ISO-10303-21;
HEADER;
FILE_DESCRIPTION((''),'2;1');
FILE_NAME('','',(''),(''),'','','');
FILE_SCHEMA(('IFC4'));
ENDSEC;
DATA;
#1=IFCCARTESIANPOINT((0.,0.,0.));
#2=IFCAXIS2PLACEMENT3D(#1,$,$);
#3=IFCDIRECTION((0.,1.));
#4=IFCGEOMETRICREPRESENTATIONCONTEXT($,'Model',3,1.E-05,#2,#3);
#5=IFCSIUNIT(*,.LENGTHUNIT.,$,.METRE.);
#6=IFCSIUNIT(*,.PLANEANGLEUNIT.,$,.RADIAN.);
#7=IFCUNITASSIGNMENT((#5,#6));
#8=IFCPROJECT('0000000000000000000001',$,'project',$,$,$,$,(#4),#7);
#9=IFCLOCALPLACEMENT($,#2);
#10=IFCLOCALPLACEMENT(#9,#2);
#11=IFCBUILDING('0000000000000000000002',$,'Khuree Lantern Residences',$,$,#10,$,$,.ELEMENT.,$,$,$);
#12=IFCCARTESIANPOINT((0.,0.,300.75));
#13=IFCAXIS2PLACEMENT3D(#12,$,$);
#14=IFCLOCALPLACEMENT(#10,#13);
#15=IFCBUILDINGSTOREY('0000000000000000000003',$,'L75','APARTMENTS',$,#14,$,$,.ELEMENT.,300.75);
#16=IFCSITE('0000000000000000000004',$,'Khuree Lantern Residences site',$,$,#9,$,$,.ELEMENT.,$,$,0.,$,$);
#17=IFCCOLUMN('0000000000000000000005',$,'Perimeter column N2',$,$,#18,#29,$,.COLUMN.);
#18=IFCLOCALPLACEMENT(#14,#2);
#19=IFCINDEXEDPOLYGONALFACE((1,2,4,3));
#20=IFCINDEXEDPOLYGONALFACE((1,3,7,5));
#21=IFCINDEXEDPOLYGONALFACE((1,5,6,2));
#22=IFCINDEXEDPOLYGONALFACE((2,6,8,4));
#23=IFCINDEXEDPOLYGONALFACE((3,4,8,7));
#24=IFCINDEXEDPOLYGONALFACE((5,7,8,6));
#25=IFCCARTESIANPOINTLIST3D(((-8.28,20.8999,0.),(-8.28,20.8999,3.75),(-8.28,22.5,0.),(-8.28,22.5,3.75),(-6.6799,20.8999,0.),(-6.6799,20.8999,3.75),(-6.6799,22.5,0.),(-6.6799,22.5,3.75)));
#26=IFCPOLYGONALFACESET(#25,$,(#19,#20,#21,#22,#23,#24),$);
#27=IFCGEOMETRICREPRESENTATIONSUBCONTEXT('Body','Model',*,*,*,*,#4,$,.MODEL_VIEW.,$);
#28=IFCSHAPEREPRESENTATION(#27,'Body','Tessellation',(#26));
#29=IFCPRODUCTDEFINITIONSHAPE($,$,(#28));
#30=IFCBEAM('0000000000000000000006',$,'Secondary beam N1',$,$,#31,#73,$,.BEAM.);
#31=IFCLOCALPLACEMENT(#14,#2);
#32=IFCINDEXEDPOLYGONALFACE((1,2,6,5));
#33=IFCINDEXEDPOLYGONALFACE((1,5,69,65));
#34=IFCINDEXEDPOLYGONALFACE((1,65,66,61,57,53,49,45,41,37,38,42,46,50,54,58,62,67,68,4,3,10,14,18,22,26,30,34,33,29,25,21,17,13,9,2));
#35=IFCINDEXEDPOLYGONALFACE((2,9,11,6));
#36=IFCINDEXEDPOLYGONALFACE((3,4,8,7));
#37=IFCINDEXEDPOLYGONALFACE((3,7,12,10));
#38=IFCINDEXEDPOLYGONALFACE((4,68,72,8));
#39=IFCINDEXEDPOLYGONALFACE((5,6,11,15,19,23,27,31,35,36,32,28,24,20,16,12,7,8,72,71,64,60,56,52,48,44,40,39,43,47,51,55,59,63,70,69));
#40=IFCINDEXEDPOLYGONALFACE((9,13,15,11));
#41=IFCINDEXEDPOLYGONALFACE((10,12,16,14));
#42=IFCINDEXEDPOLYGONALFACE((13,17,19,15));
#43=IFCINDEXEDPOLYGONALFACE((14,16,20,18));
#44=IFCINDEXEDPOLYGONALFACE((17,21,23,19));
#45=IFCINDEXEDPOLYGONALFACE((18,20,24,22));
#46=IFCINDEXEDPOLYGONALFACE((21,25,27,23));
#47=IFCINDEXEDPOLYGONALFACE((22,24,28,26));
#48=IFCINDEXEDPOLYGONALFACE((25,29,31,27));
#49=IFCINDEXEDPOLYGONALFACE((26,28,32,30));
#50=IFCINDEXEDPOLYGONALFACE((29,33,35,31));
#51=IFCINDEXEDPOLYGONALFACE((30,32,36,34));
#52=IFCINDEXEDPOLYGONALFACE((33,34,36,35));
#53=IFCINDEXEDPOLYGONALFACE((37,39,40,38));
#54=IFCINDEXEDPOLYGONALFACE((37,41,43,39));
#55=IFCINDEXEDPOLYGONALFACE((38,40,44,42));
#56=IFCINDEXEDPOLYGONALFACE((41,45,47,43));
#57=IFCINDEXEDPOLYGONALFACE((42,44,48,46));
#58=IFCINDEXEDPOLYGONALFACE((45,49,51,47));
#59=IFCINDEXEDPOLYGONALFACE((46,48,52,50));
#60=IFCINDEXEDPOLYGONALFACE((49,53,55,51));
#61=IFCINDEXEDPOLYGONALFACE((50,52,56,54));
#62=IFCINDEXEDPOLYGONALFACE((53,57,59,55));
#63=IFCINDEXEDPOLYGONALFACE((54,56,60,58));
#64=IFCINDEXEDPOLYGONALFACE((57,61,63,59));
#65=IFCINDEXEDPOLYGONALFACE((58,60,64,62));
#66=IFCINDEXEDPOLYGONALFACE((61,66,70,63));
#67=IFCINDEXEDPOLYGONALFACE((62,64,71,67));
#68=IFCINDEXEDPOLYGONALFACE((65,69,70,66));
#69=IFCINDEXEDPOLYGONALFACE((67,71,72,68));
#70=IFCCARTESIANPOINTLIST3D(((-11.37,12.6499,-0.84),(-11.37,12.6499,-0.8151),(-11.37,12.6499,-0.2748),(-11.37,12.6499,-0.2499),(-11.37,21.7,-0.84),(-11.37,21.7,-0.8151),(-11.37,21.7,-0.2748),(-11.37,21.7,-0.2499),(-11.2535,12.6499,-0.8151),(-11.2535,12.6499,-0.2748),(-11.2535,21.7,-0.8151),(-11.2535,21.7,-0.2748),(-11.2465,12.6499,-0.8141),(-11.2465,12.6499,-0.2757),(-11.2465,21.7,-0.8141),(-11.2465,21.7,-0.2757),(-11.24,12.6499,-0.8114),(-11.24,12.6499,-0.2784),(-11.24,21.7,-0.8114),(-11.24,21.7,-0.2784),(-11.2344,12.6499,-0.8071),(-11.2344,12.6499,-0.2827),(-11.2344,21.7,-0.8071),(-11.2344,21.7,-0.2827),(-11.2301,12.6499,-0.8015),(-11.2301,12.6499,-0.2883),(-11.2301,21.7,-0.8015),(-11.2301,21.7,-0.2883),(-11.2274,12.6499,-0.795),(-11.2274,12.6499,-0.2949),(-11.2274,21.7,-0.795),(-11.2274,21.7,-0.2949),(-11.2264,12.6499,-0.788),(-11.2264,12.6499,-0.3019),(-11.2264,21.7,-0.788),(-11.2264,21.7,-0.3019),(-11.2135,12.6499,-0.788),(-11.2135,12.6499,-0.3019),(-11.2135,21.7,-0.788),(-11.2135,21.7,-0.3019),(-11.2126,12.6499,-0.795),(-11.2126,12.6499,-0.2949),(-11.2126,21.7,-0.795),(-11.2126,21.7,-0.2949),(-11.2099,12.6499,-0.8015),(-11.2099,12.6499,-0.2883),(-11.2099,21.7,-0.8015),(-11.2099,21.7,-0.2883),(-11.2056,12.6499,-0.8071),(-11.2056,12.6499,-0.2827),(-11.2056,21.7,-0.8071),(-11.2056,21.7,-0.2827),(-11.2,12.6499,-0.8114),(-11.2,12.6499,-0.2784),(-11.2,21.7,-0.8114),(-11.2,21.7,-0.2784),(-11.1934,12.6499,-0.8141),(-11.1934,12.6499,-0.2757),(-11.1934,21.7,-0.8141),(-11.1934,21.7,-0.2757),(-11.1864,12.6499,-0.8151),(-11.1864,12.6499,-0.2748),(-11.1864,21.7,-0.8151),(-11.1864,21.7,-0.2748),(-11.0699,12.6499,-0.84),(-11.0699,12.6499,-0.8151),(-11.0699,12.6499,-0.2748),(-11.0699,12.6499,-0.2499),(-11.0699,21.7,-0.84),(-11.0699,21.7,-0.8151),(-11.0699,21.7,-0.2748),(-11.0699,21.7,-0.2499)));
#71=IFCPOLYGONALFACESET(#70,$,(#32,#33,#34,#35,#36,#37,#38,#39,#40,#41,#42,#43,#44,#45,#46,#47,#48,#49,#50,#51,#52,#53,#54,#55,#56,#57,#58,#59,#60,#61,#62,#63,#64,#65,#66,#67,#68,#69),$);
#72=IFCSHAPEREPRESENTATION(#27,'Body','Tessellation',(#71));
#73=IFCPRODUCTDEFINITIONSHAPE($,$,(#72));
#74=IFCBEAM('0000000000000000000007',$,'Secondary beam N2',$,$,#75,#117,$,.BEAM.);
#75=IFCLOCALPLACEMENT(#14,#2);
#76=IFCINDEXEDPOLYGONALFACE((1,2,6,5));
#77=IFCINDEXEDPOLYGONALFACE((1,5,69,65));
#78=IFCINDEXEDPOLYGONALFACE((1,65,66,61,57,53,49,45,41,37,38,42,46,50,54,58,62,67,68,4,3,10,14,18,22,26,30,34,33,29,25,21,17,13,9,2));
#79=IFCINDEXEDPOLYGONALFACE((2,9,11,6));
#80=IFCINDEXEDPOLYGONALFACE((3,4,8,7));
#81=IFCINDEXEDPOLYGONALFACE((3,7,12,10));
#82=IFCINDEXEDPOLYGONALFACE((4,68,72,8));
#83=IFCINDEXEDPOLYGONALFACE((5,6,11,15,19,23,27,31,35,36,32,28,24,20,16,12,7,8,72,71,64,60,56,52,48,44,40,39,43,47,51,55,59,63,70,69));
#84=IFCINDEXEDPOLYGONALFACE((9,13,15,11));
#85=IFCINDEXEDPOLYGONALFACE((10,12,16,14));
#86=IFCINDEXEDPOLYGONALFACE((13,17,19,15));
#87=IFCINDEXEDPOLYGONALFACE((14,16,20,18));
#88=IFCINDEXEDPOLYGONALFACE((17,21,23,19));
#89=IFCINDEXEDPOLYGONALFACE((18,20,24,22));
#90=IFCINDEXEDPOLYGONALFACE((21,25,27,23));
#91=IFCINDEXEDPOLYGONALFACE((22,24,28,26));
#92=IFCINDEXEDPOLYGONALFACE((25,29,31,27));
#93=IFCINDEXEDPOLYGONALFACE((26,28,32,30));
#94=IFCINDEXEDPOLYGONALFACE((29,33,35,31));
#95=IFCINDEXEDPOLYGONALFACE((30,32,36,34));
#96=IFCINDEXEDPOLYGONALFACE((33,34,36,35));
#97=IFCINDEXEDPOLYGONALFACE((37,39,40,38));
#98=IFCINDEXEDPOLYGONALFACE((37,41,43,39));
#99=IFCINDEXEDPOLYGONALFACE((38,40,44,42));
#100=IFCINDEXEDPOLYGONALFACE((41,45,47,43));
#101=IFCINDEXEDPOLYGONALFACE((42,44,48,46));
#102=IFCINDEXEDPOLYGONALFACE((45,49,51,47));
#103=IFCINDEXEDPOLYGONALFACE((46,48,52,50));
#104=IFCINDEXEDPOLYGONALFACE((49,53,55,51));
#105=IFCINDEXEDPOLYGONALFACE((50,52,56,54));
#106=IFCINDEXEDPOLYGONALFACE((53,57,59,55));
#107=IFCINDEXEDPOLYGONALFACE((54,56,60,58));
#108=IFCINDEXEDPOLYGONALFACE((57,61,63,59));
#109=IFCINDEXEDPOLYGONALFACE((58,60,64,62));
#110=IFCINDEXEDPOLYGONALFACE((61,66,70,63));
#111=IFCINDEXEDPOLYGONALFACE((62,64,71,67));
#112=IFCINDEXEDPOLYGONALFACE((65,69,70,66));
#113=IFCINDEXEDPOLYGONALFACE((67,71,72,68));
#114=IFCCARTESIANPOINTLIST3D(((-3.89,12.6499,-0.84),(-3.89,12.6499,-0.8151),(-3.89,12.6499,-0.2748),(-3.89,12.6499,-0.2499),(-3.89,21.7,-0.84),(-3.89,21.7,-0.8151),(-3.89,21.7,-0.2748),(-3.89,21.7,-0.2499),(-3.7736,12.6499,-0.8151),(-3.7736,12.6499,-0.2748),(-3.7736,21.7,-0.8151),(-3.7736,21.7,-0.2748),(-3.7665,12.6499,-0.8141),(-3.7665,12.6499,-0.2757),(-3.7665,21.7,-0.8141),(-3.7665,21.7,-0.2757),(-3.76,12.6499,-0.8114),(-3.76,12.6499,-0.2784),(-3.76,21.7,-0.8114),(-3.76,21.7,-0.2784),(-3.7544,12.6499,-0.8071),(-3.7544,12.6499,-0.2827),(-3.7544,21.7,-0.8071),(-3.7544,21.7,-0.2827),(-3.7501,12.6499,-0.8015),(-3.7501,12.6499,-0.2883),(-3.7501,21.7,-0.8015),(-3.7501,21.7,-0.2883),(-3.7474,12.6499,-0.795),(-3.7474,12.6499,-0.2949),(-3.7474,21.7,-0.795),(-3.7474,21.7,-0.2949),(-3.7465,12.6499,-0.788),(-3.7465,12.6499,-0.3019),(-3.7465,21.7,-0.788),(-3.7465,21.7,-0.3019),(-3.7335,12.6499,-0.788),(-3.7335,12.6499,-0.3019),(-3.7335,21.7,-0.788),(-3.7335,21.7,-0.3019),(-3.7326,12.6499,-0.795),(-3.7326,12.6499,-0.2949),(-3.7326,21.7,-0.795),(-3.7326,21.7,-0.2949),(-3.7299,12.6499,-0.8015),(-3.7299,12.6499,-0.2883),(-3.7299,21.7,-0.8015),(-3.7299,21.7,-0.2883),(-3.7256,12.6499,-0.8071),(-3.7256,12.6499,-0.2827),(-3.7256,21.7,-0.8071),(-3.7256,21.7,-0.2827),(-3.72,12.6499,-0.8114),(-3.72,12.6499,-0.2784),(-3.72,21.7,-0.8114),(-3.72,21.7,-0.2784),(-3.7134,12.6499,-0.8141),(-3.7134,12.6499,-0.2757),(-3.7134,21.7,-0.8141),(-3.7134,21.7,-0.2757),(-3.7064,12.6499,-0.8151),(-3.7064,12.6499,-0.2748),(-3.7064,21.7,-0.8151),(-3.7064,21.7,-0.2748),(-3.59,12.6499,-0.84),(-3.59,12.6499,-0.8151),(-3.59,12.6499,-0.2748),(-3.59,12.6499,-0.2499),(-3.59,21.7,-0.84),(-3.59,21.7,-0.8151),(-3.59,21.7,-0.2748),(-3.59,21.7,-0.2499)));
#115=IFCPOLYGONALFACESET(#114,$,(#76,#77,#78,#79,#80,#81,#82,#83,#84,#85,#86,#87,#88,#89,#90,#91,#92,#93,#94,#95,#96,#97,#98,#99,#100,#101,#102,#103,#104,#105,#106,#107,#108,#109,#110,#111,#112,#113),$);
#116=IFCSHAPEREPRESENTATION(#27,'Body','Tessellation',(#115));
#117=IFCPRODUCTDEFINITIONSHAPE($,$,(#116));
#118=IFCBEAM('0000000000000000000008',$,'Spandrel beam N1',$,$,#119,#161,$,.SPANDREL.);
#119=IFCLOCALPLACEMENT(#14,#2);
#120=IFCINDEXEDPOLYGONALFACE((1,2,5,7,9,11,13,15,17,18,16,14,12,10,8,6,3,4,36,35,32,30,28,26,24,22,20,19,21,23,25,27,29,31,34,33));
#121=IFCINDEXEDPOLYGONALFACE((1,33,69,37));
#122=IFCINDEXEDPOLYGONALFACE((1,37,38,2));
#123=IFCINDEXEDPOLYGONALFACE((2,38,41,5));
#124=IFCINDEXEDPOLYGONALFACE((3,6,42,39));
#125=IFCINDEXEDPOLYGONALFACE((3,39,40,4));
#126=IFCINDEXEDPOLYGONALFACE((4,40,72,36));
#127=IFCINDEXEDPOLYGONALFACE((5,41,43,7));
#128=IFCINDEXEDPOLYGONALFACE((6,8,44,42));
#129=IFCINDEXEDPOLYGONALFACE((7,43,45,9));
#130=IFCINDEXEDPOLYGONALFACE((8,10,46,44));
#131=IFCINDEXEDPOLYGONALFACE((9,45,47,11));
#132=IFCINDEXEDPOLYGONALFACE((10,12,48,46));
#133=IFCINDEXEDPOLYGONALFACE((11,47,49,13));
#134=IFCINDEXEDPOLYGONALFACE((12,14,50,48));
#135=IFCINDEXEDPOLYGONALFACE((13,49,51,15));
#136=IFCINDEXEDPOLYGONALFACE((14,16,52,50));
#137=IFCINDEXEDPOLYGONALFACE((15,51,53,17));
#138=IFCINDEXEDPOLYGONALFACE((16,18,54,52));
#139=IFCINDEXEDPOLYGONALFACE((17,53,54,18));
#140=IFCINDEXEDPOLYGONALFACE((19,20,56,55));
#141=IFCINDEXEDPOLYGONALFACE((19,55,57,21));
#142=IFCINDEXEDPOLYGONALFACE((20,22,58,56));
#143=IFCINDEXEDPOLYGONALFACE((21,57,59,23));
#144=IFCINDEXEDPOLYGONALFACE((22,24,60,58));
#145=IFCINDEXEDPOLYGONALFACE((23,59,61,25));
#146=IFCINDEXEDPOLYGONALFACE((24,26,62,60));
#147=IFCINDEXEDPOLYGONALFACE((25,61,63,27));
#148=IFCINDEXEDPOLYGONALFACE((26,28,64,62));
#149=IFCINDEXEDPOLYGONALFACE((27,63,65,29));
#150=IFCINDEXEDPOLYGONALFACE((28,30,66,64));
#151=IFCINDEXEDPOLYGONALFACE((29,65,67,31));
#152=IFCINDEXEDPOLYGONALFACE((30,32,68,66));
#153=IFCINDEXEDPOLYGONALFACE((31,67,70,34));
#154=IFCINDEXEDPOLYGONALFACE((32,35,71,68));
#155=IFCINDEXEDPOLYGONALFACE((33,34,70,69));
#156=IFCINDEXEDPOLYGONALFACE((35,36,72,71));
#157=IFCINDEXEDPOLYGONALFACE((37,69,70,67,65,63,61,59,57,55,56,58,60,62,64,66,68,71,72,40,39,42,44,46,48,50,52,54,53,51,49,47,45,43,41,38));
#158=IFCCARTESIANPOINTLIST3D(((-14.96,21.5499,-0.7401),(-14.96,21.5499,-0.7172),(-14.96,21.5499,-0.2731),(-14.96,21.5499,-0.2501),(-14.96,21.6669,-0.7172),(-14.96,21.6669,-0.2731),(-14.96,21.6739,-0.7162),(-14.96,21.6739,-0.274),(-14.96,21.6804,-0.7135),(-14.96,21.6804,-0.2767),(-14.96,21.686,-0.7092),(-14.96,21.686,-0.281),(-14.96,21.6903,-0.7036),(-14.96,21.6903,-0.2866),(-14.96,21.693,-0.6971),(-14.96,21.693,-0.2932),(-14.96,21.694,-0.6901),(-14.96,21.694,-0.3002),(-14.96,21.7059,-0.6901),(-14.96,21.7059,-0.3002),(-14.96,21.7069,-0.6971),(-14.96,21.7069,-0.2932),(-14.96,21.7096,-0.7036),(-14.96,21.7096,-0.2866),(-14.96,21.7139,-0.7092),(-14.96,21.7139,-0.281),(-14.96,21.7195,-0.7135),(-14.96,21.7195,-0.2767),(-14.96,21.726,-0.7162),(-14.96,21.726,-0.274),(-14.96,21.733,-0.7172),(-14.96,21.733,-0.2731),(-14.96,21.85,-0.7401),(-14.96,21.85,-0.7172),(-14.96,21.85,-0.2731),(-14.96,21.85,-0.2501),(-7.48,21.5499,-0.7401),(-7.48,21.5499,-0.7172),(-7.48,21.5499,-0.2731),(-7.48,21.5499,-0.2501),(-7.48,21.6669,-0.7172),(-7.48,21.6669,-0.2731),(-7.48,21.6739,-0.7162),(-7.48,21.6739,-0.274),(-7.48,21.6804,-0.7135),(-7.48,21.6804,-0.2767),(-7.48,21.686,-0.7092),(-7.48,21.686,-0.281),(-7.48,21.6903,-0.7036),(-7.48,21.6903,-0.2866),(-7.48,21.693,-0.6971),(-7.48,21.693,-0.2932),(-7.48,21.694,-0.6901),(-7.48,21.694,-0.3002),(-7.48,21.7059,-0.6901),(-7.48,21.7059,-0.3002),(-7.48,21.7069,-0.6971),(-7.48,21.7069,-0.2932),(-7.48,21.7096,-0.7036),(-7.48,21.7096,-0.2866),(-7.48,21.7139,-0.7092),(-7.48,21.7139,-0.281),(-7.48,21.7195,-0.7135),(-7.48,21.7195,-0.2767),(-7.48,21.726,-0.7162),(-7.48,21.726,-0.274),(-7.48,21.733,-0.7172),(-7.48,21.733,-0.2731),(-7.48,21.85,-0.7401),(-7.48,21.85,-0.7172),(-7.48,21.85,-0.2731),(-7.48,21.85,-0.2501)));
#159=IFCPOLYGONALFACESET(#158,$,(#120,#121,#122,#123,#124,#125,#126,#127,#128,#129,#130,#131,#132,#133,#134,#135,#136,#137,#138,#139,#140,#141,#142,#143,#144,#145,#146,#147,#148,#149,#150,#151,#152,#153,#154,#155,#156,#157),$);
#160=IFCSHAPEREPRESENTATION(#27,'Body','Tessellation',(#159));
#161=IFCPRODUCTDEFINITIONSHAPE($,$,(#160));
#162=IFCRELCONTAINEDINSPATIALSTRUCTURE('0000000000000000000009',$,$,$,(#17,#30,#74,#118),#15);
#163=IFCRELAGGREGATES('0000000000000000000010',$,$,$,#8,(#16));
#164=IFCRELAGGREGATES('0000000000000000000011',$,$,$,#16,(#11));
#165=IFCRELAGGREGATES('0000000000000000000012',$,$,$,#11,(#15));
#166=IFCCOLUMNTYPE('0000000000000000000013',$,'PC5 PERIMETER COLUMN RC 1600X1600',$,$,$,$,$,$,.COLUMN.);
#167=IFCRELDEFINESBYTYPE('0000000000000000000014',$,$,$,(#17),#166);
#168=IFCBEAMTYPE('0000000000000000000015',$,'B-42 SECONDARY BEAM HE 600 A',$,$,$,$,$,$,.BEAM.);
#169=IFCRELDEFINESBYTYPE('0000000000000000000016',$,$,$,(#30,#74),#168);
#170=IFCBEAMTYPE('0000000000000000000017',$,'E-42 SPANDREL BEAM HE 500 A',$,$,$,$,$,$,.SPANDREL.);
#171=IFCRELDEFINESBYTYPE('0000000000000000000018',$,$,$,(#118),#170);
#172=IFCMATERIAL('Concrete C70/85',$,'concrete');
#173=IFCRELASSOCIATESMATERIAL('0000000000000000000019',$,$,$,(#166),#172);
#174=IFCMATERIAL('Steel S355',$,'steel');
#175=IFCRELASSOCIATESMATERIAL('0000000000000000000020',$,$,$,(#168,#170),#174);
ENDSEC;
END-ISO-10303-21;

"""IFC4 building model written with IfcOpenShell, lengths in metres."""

from ifc_helpers import new_model, si_unit, direction, frame, origin, origin_2d, place, context, subcontext, project, spatial, rectangle, i_section, extrude, material, material_profile, profile_set, type_object, element, save


model = new_model("IFC4")

# Units and contexts
model_context = context("Model", 3, precision=1e-05, world=origin(), true_north=direction((0.0, 1.0)))
body_context = subcontext(model_context, "Body", "Model", "MODEL_VIEW")
ifc_project = project(units=[si_unit("LENGTHUNIT", "METRE"), si_unit("PLANEANGLEUNIT", "RADIAN")], contexts=[model_context])

# Site, building, storey
site_placement = place(None, origin())
site = spatial("IfcSite", under=ifc_project, at=site_placement, Name="Khuree Lantern Residences site", CompositionType="ELEMENT", RefElevation=0.0)
building_placement = place(site_placement, origin())
building = spatial("IfcBuilding", under=site, at=building_placement, Name="Khuree Lantern Residences", CompositionType="ELEMENT")
storey_placement = place(building_placement, frame((0.0, 0.0, 300.75)))
storey = spatial("IfcBuildingStorey", under=building, at=storey_placement, Name="L75", Description="APARTMENTS", CompositionType="ELEMENT", Elevation=300.75)

# Column
ifc_material_1 = material(Name="Concrete C70/85", Category="concrete")
ifc_material_profile_1 = material_profile(ifc_material_1, rectangle(XDim=1.6001, YDim=1.6001, at=origin_2d()), Name="RC 1600X1600")
ifc_profile_set_1 = profile_set([ifc_material_profile_1], Name="Concrete C70/85")
column_type = type_object("IfcColumnType", Name="PC5 PERIMETER COLUMN RC 1600X1600", PredefinedType="COLUMN", material=ifc_profile_set_1)
column_placement = place(storey_placement, frame((-7.48, 21.7, 0.0), z_axis=(0.0, 0.0, 1.0), x_axis=(1.0, 0.0, 0.0)))
element("IfcColumn", 1, at=column_placement, inside=storey, type_object=column_type, Name="Perimeter column N2", PredefinedType="COLUMN", context=body_context, shape_type="SweptSolid", body=[
    extrude(rectangle(XDim=1.6001, YDim=1.6001, at=origin_2d()), origin(), (0.0, 0.0, 1.0), 3.75),
])

# Beams
ifc_material_2 = material(Name="Steel S355", Category="steel")
ifc_material_profile_2 = material_profile(ifc_material_2, i_section(OverallWidth=0.3, OverallDepth=0.5901, WebThickness=0.0129, FlangeThickness=0.0249, FilletRadius=0.0271, at=origin_2d()), Name="HE 600 A")
ifc_profile_set_2 = profile_set([ifc_material_profile_2], Name="Steel S355")
beam_type_1 = type_object("IfcBeamType", Name="B-42 SECONDARY BEAM HE 600 A", PredefinedType="BEAM", material=ifc_profile_set_2)
for number, where, z_axis, x_axis, name in (
    (2, (-11.22, 21.7, -0.5449), (0.0, -1.0, 0.0), (1.0, 0.0, 0.0), "Secondary beam N1"),
    (3, (-3.74, 21.7, -0.5449), (0.0, -1.0, 0.0), (1.0, 0.0, 0.0), "Secondary beam N2"),
):
    element("IfcBeam", number, at=place(storey_placement, frame(where, z_axis=z_axis, x_axis=x_axis)), inside=storey, type_object=beam_type_1, Name=name, PredefinedType="BEAM", context=body_context, shape_type="SweptSolid", body=[
        extrude(i_section(OverallWidth=0.3, OverallDepth=0.5901, WebThickness=0.0129, FlangeThickness=0.0249, FilletRadius=0.0271, at=origin_2d()), origin(), (0.0, 0.0, 1.0), 9.05),
    ])
ifc_material_profile_3 = material_profile(ifc_material_2, i_section(OverallWidth=0.3, OverallDepth=0.49, WebThickness=0.012, FlangeThickness=0.0229, FilletRadius=0.0271, at=origin_2d()), Name="HE 500 A")
ifc_profile_set_3 = profile_set([ifc_material_profile_3], Name="Steel S355")
beam_type_2 = type_object("IfcBeamType", Name="E-42 SPANDREL BEAM HE 500 A", PredefinedType="SPANDREL", material=ifc_profile_set_3)
for number, where, z_axis, x_axis, name in (
    (4, (-14.96, 21.7, -0.4951), (1.0, 0.0, 0.0), (0.0, 1.0, 0.0), "Spandrel beam N1"),
):
    element("IfcBeam", number, at=place(storey_placement, frame(where, z_axis=z_axis, x_axis=x_axis)), inside=storey, type_object=beam_type_2, Name=name, PredefinedType="SPANDREL", context=body_context, shape_type="SweptSolid", body=[
        extrude(i_section(OverallWidth=0.3, OverallDepth=0.49, WebThickness=0.012, FlangeThickness=0.0229, FilletRadius=0.0271, at=origin_2d()), origin(), (0.0, 0.0, 1.0), 7.48),
    ])

save(model, "model.ifc")
